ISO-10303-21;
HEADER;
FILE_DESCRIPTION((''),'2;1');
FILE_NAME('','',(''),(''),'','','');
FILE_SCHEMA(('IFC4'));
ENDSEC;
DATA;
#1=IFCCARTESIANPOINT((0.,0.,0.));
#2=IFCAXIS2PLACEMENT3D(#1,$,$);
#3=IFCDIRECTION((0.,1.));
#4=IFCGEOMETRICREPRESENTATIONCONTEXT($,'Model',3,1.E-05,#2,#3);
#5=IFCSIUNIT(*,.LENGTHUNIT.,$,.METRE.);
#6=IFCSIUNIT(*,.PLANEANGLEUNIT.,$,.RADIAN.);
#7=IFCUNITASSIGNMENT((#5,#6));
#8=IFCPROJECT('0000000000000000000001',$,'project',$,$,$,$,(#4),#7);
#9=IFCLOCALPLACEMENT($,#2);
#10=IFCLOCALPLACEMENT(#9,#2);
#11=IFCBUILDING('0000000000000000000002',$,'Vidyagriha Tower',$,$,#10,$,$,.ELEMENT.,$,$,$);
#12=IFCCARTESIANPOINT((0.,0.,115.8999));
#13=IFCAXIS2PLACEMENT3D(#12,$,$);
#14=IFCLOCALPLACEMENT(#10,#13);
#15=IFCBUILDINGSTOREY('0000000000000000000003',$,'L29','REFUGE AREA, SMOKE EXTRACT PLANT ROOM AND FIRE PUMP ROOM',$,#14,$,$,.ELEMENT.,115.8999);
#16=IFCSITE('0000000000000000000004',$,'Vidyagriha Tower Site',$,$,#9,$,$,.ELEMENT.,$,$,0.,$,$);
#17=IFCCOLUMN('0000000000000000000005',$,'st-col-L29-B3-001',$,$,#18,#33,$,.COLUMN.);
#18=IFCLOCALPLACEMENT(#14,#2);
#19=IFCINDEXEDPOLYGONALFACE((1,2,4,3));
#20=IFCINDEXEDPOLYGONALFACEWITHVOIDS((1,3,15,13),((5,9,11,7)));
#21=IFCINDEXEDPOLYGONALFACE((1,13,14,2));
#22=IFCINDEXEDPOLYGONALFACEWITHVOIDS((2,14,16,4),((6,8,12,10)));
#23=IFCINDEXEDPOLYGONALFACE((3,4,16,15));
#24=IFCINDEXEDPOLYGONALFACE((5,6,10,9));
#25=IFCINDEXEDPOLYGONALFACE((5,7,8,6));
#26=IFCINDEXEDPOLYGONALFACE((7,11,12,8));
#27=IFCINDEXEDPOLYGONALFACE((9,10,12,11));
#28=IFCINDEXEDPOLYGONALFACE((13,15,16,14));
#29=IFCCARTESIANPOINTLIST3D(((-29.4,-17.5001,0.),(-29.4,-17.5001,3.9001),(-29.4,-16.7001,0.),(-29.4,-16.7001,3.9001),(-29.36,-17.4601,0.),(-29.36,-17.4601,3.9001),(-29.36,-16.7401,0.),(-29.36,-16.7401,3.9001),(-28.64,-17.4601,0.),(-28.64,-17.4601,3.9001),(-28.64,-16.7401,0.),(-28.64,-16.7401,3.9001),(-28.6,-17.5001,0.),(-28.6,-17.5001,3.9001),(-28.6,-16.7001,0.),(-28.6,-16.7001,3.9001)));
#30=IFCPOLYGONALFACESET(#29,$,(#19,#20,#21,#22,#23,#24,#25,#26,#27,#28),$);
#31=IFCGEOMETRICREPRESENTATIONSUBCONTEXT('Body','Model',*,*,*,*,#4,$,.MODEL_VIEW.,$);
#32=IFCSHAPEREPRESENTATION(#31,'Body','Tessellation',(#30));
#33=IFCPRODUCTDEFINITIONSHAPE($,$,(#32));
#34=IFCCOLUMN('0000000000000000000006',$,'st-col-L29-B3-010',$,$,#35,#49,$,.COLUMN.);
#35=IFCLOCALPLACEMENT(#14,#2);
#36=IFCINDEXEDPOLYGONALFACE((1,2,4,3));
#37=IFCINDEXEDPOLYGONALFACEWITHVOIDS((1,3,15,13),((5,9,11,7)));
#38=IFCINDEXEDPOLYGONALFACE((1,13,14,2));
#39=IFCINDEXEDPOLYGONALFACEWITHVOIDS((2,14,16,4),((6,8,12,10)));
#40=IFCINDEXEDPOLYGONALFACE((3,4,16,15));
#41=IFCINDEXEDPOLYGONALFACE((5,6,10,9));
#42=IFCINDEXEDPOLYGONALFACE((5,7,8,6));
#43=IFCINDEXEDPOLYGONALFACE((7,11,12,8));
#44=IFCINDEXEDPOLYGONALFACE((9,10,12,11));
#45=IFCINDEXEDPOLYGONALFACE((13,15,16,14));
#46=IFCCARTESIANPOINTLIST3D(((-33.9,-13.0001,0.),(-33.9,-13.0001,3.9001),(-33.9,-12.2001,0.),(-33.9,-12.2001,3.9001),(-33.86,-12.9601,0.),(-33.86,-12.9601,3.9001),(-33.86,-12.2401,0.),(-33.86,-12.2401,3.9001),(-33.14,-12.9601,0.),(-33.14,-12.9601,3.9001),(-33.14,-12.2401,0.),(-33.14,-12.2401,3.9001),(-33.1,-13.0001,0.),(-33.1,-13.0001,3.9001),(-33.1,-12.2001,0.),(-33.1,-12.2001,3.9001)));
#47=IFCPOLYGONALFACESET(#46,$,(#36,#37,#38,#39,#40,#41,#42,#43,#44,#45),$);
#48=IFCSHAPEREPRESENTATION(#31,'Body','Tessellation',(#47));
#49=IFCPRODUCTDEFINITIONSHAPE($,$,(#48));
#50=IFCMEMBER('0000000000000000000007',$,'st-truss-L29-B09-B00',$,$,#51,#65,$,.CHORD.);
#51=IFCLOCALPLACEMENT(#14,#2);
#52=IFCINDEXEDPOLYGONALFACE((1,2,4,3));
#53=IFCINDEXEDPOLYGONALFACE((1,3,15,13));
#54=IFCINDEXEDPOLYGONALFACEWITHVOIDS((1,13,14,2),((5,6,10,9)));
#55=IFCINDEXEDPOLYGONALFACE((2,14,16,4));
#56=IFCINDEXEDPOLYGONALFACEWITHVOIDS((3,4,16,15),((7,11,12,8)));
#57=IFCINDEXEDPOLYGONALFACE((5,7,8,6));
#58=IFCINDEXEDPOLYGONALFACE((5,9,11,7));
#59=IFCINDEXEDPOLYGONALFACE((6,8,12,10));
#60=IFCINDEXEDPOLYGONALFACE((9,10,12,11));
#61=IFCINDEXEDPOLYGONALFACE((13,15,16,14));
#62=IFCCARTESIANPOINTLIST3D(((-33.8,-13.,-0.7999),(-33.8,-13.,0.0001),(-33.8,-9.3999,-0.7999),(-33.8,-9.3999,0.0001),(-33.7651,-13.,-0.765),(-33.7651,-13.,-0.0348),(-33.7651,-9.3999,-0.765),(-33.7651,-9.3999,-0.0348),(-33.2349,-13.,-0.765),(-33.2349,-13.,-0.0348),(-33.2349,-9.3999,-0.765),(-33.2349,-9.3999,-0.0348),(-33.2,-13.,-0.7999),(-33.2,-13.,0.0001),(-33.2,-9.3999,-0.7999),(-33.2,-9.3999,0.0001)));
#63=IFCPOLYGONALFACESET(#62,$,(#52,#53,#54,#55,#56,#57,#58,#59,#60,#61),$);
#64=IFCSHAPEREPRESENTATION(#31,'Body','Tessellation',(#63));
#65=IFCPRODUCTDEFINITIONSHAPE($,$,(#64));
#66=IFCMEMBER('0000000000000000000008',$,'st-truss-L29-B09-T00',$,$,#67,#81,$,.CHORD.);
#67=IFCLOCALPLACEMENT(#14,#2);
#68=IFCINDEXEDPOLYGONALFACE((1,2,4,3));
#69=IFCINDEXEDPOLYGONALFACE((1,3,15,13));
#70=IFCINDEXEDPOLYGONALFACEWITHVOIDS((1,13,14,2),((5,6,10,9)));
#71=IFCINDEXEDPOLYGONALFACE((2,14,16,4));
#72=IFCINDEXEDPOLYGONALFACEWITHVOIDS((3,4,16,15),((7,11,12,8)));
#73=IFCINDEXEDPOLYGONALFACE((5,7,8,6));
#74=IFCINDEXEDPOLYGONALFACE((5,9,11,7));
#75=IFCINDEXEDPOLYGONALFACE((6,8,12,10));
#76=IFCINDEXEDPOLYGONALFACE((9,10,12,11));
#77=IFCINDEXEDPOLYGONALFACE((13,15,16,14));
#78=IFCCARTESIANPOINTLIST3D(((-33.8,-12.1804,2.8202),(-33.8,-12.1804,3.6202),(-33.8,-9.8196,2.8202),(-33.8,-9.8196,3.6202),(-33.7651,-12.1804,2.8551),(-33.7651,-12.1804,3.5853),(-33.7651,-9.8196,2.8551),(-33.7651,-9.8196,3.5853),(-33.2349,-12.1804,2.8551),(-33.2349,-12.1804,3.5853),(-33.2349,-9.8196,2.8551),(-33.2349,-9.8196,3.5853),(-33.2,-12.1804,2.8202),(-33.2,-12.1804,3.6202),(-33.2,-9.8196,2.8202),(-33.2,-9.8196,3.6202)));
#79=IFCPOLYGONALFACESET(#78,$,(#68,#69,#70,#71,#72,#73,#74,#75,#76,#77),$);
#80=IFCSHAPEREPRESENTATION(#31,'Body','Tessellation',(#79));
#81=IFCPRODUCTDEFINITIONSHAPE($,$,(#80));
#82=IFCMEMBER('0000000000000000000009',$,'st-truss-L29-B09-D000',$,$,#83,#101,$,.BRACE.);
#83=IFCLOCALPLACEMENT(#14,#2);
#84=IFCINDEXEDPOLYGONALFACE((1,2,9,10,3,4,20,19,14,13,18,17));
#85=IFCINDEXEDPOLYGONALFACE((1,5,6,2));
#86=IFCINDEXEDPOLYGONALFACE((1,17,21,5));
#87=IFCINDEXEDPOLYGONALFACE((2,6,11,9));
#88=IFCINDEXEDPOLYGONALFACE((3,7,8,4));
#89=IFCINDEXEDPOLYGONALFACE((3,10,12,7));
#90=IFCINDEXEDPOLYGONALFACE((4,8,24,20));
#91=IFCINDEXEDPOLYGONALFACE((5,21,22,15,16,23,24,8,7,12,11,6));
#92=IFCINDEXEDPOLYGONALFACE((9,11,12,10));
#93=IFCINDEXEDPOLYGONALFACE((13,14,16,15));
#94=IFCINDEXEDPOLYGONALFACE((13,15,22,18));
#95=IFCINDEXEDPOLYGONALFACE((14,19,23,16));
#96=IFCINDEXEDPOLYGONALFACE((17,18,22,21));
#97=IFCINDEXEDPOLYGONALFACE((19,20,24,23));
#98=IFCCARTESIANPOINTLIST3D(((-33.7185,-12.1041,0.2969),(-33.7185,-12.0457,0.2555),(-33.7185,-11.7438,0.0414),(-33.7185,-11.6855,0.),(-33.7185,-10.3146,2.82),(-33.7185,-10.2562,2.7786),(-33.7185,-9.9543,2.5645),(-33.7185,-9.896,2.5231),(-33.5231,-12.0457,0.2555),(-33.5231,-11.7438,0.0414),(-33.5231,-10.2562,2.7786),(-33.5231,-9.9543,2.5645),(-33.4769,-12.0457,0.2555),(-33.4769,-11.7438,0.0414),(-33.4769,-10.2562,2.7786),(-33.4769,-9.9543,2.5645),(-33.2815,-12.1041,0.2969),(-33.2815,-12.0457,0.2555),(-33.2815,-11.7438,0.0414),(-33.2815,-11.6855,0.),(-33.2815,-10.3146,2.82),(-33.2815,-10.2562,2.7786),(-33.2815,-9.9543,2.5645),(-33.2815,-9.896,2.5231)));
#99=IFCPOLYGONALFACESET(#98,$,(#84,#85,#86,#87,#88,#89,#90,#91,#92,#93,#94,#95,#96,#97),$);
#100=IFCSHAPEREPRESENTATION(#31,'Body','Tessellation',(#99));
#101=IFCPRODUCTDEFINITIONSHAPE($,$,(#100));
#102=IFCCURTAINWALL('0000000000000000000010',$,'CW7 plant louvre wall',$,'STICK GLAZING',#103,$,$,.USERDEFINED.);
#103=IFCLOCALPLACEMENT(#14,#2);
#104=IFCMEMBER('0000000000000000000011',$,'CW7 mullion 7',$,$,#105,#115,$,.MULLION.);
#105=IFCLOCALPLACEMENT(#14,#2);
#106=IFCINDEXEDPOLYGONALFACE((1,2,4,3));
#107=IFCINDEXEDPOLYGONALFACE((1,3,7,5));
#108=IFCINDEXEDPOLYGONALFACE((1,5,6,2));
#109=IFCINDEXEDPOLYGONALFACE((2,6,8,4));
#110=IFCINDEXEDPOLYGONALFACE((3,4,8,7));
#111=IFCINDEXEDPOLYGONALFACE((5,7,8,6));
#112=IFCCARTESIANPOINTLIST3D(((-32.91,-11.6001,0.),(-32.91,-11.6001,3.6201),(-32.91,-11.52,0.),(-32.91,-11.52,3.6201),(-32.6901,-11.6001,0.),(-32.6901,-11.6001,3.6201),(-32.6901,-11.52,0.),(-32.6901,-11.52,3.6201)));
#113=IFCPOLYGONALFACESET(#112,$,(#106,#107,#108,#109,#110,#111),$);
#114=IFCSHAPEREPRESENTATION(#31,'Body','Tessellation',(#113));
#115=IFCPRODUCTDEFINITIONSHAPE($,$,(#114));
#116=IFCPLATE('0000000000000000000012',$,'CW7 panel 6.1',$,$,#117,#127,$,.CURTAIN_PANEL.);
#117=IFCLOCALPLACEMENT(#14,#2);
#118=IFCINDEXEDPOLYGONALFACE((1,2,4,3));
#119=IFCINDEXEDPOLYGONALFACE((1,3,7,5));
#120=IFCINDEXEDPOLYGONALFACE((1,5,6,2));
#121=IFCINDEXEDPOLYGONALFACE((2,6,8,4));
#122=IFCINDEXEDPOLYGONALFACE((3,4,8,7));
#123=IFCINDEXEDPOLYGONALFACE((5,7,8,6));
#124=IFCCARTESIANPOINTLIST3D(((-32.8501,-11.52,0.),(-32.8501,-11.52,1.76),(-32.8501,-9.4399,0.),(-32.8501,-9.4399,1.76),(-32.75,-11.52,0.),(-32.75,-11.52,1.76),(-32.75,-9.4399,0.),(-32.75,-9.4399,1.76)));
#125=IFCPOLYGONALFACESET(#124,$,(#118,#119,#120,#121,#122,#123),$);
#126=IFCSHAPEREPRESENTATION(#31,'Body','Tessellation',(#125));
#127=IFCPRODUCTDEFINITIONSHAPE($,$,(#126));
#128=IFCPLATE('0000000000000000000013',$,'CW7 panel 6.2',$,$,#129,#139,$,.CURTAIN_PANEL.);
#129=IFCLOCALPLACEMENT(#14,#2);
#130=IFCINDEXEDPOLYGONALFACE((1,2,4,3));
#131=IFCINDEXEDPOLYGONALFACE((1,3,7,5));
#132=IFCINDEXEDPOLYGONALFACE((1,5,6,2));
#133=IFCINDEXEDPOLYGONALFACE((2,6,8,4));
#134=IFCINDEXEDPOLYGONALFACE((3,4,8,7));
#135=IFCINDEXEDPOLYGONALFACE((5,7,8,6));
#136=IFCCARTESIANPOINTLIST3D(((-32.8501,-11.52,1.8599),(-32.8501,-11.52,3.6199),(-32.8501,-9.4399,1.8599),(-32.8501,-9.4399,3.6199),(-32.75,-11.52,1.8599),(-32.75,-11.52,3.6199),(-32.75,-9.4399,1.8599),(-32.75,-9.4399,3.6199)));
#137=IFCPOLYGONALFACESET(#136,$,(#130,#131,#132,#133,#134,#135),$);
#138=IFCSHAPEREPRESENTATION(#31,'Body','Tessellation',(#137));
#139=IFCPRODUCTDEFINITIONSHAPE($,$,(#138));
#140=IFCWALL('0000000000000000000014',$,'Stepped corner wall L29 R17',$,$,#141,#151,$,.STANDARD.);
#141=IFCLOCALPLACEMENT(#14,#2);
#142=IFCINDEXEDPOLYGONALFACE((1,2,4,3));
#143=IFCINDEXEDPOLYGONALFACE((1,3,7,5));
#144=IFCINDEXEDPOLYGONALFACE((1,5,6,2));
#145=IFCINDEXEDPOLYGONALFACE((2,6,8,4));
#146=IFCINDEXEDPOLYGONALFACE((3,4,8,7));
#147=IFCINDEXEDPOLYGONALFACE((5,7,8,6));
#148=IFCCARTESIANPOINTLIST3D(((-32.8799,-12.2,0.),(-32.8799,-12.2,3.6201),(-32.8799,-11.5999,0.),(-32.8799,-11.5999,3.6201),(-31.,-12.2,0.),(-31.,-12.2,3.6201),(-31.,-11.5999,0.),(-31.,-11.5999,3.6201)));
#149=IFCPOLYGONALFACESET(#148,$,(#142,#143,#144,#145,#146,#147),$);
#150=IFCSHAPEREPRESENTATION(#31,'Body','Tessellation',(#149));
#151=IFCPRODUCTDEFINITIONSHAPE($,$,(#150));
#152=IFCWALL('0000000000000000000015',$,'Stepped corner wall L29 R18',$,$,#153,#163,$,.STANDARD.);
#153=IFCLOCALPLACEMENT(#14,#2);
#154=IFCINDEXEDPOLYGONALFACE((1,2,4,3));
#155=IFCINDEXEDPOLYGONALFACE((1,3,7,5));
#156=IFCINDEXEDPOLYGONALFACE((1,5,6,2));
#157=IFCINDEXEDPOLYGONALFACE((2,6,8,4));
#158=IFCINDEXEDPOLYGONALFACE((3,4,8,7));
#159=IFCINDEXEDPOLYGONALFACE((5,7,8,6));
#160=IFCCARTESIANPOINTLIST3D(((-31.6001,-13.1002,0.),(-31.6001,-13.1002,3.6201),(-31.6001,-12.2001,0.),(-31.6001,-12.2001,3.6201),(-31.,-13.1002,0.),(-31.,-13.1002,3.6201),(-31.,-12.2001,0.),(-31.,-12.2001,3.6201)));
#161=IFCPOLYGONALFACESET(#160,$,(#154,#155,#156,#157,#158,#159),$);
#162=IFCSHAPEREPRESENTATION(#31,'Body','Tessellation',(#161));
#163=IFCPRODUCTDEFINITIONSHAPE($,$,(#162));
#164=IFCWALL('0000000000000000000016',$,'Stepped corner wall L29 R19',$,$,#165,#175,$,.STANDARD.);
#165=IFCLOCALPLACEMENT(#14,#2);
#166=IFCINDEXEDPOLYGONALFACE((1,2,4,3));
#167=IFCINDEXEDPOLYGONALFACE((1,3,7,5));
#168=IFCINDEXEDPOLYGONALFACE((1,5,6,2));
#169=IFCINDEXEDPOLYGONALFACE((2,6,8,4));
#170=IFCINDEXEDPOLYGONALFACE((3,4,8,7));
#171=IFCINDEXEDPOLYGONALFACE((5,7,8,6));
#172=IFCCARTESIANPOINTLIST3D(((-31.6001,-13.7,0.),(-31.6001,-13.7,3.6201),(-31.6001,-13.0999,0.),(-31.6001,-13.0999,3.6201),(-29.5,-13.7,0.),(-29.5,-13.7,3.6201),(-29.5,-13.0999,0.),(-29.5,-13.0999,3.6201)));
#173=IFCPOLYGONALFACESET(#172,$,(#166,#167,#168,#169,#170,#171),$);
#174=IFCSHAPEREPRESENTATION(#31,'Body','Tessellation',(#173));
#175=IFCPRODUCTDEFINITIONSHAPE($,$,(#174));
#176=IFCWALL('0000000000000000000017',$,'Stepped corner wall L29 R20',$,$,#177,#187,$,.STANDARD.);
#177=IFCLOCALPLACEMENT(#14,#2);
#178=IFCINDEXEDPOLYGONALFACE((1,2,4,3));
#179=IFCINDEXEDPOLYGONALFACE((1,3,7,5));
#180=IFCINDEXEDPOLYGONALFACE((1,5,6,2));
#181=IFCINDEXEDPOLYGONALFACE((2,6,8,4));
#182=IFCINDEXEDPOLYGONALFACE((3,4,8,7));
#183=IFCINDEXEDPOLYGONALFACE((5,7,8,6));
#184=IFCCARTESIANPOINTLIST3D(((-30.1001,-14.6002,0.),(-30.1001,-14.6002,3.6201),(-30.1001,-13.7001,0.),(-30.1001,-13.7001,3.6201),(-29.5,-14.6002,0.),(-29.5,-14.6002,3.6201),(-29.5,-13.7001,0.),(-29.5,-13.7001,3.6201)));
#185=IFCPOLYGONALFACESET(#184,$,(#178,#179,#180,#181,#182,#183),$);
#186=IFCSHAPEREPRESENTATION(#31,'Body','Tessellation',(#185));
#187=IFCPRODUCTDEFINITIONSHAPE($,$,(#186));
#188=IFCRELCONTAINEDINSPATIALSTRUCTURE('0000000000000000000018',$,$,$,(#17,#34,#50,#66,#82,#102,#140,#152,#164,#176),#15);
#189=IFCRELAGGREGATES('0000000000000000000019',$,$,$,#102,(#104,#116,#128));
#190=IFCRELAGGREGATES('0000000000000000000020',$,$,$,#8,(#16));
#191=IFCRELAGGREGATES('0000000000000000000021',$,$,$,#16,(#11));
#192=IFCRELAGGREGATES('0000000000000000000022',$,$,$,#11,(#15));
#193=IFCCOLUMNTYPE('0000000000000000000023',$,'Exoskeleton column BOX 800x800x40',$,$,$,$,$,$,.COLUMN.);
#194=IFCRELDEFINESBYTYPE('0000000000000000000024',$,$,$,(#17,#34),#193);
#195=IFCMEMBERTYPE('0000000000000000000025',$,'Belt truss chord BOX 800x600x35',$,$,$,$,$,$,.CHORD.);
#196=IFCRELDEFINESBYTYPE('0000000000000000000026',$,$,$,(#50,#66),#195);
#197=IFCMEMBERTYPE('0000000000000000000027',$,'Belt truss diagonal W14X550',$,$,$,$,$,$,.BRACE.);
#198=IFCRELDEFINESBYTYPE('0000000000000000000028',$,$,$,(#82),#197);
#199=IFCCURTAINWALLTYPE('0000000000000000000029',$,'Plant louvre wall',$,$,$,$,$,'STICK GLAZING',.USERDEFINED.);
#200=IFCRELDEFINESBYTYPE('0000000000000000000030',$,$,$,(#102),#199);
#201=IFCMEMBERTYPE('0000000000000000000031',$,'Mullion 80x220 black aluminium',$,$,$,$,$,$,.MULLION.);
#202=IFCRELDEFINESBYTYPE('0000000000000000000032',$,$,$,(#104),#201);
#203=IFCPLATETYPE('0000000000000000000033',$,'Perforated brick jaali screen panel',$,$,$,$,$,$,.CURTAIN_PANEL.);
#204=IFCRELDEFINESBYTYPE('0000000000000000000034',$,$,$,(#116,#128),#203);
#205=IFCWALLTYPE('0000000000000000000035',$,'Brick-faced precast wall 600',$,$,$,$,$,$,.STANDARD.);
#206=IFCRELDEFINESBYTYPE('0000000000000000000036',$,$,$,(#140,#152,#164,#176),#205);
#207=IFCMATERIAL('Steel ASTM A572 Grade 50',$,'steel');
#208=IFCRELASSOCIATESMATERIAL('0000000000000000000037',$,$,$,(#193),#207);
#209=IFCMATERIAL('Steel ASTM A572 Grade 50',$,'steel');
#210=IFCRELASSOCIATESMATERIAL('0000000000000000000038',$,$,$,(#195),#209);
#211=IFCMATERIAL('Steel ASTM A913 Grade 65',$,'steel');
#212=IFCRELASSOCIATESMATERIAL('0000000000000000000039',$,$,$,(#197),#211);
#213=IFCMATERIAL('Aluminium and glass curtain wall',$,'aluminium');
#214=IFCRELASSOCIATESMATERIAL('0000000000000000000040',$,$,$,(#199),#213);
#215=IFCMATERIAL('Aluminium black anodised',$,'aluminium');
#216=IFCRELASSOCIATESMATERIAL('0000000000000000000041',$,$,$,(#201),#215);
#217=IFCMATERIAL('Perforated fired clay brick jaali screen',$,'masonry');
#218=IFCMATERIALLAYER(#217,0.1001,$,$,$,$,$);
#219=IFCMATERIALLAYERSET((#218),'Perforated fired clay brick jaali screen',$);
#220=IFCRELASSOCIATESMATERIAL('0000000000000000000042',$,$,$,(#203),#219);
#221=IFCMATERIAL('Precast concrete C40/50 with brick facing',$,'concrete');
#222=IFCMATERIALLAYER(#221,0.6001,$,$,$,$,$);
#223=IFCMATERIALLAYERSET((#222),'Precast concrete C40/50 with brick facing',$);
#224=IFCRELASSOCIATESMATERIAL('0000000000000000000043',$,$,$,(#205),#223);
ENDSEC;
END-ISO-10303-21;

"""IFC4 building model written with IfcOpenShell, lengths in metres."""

from ifc_helpers import new_model, si_unit, direction, frame, frame_2d, origin, origin_2d, place, context, subcontext, project, spatial, rectangle, hollow_rectangle, i_section, extrude, material, layer, layer_set, material_profile, profile_set, type_object, element, aggregate, save


model = new_model("IFC4")

# Units and contexts
model_context = context("Model", 3, precision=1e-05, world=origin(), true_north=direction((0.0, 1.0)))
body_context = subcontext(model_context, "Body", "Model", "MODEL_VIEW")
ifc_project = project(units=[si_unit("LENGTHUNIT", "METRE"), si_unit("PLANEANGLEUNIT", "RADIAN")], contexts=[model_context])

# Site, building, storey
site_placement = place(None, origin())
site = spatial("IfcSite", under=ifc_project, at=site_placement, Name="Vidyagriha Tower Site", CompositionType="ELEMENT", RefElevation=0.0)
building_placement = place(site_placement, origin())
building = spatial("IfcBuilding", under=site, at=building_placement, Name="Vidyagriha Tower", CompositionType="ELEMENT")
storey_placement = place(building_placement, frame((0.0, 0.0, 115.8999)))
storey = spatial("IfcBuildingStorey", under=building, at=storey_placement, Name="L29", Description="REFUGE AREA, SMOKE EXTRACT PLANT ROOM AND FIRE PUMP ROOM", CompositionType="ELEMENT", Elevation=115.8999)

# Columns
ifc_material_1 = material(Name="Steel ASTM A572 Grade 50", Category="steel")
ifc_material_profile_1 = material_profile(ifc_material_1, hollow_rectangle(XDim=0.8, YDim=0.8, WallThickness=0.04, at=origin_2d()), Name="BOX 800x800x40")
ifc_profile_set_1 = profile_set([ifc_material_profile_1], Name="Steel ASTM A572 Grade 50")
column_type = type_object("IfcColumnType", Name="Exoskeleton column BOX 800x800x40", PredefinedType="COLUMN", material=ifc_profile_set_1)
for number, where, name in (
    (1, (-29.0, -17.1001, 0.0), "st-col-L29-B3-001"),
    (2, (-33.5, -12.6001, 0.0), "st-col-L29-B3-010"),
):
    element("IfcColumn", number, at=place(storey_placement, frame(where)), inside=storey, type_object=column_type, Name=name, PredefinedType="COLUMN", context=body_context, shape_type="SweptSolid", body=[
        extrude(hollow_rectangle(XDim=0.8, YDim=0.8, WallThickness=0.04, at=origin_2d()), origin(), (0.0, 0.0, 1.0), 3.9001),
    ])

# Members
ifc_material_2 = material(Name="Steel ASTM A572 Grade 50", Category="steel")
ifc_material_profile_2 = material_profile(ifc_material_2, hollow_rectangle(XDim=0.6001, YDim=0.8, WallThickness=0.0349, at=origin_2d()), Name="BOX 800x600x35")
ifc_profile_set_2 = profile_set([ifc_material_profile_2], Name="Steel ASTM A572 Grade 50")
member_type_1 = type_object("IfcMemberType", Name="Belt truss chord BOX 800x600x35", PredefinedType="CHORD", material=ifc_profile_set_2)
member_1_placement = place(storey_placement, frame((-33.5, -13.0, -0.3999), z_axis=(0.0, 1.0, 0.0), x_axis=(-1.0, 0.0, 0.0)))
element("IfcMember", 3, at=member_1_placement, inside=storey, type_object=member_type_1, Name="st-truss-L29-B09-B00", PredefinedType="CHORD", context=body_context, shape_type="SweptSolid", body=[
    extrude(hollow_rectangle(XDim=0.6001, YDim=0.8, WallThickness=0.0349, at=origin_2d()), origin(), (0.0, 0.0, 1.0), 3.6001),
])
member_2_placement = place(storey_placement, frame((-33.5, -12.1804, 3.2202), z_axis=(0.0, 1.0, 0.0), x_axis=(-1.0, 0.0, 0.0)))
element("IfcMember", 4, at=member_2_placement, inside=storey, type_object=member_type_1, Name="st-truss-L29-B09-T00", PredefinedType="CHORD", context=body_context, shape_type="SweptSolid", body=[
    extrude(hollow_rectangle(XDim=0.6001, YDim=0.8, WallThickness=0.0349, at=origin_2d()), origin(), (0.0, 0.0, 1.0), 2.3608),
])
ifc_material_3 = material(Name="Steel ASTM A913 Grade 65", Category="steel")
ifc_material_profile_3 = material_profile(ifc_material_3, i_section(OverallWidth=0.437, OverallDepth=0.5132, WebThickness=0.0461, FlangeThickness=0.0715, at=origin_2d()), Name="W14X550")
ifc_profile_set_3 = profile_set([ifc_material_profile_3], Name="Steel ASTM A913 Grade 65")
member_type_2 = type_object("IfcMemberType", Name="Belt truss diagonal W14X550", PredefinedType="BRACE", material=ifc_profile_set_3)
member_3_placement = place(storey_placement, frame((-33.5, -11.8948, 0.1484), z_axis=(0.0, 0.57851, 0.815675), x_axis=(-1.0, 0.0, 0.0)))
element("IfcMember", 5, at=member_3_placement, inside=storey, type_object=member_type_2, Name="st-truss-L29-B09-D000", PredefinedType="BRACE", context=body_context, shape_type="SweptSolid", body=[
    extrude(i_section(OverallWidth=0.437, OverallDepth=0.5132, WebThickness=0.0461, FlangeThickness=0.0715, at=origin_2d()), origin(), (0.0, 0.0, 1.0), 3.0933),
])

# Curtain wall, member, plates
ifc_material_4 = material(Name="Aluminium and glass curtain wall", Category="aluminium")
curtain_wall_type = type_object("IfcCurtainWallType", Name="Plant louvre wall", ElementType="STICK GLAZING", PredefinedType="USERDEFINED", material=ifc_material_4)
curtain_wall_placement = place(storey_placement, origin())
curtain_wall = element("IfcCurtainWall", 6, at=curtain_wall_placement, inside=storey, type_object=curtain_wall_type, Name="CW7 plant louvre wall", ObjectType="STICK GLAZING", PredefinedType="USERDEFINED")
ifc_material_5 = material(Name="Aluminium black anodised", Category="aluminium")
ifc_material_profile_4 = material_profile(ifc_material_5, rectangle(XDim=0.22, YDim=0.0801, at=origin_2d()), Name="Mullion 80x220 black aluminium")
ifc_profile_set_4 = profile_set([ifc_material_profile_4], Name="Aluminium black anodised")
member_type_3 = type_object("IfcMemberType", Name="Mullion 80x220 black aluminium", PredefinedType="MULLION", material=ifc_profile_set_4)
member_4_placement = place(storey_placement, frame((-32.8, -11.5601, 0.0)))
member_4 = element("IfcMember", 7, at=member_4_placement, type_object=member_type_3, Name="CW7 mullion 7", PredefinedType="MULLION", context=body_context, shape_type="SweptSolid", body=[
    extrude(rectangle(XDim=0.22, YDim=0.0801, at=origin_2d()), origin(), (0.0, 0.0, 1.0), 3.6201),
])
ifc_material_6 = material(Name="Perforated fired clay brick jaali screen", Category="masonry")
ifc_layer_1 = layer(ifc_material_6, 0.1001)
ifc_layer_set_1 = layer_set([ifc_layer_1], Name="Perforated fired clay brick jaali screen")
plate_type = type_object("IfcPlateType", Name="Perforated brick jaali screen panel", PredefinedType="CURTAIN_PANEL", material=ifc_layer_set_1)
plate_1_placement = place(storey_placement, frame((-32.8, -10.48, 0.0), z_axis=(0.0, 0.0, 1.0), x_axis=(0.0, -1.0, 0.0)))
plate_1 = element("IfcPlate", 8, at=plate_1_placement, type_object=plate_type, Name="CW7 panel 6.1", PredefinedType="CURTAIN_PANEL", context=body_context, shape_type="SweptSolid", body=[
    extrude(rectangle(XDim=2.0801, YDim=0.1001, at=origin_2d()), origin(), (0.0, 0.0, 1.0), 1.76),
])
plate_2_placement = place(storey_placement, frame((-32.8, -10.48, 1.8599), z_axis=(0.0, 0.0, 1.0), x_axis=(0.0, -1.0, 0.0)))
plate_2 = element("IfcPlate", 9, at=plate_2_placement, type_object=plate_type, Name="CW7 panel 6.2", PredefinedType="CURTAIN_PANEL", context=body_context, shape_type="SweptSolid", body=[
    extrude(rectangle(XDim=2.0801, YDim=0.1001, at=origin_2d()), origin(), (0.0, 0.0, 1.0), 1.76),
])
aggregate(curtain_wall, [member_4, plate_1, plate_2])

# Walls
ifc_material_7 = material(Name="Precast concrete C40/50 with brick facing", Category="concrete")
ifc_layer_2 = layer(ifc_material_7, 0.6001)
ifc_layer_set_2 = layer_set([ifc_layer_2], Name="Precast concrete C40/50 with brick facing")
wall_type_1 = type_object("IfcWallType", Name="Brick-faced precast wall 600", PredefinedType="STANDARD", material=ifc_layer_set_2)
wall_1_placement = place(storey_placement, frame((-32.8799, -11.8999, 0.0)))
element("IfcWall", 10, at=wall_1_placement, inside=storey, type_object=wall_type_1, Name="Stepped corner wall L29 R17", PredefinedType="STANDARD", context=body_context, shape_type="SweptSolid", body=[
    extrude(rectangle(XDim=1.8799, YDim=0.6001, at=frame_2d((0.9399, 0.0))), origin(), (0.0, 0.0, 1.0), 3.6201),
])
wall_2_placement = place(storey_placement, frame((-31.3, -12.2, 0.0), z_axis=(0.0, 0.0, 1.0), x_axis=(0.0, -1.0, 0.0)))
element("IfcWall", 11, at=wall_2_placement, inside=storey, type_object=wall_type_1, Name="Stepped corner wall L29 R18", PredefinedType="STANDARD", context=body_context, shape_type="SweptSolid", body=[
    extrude(rectangle(XDim=0.9001, YDim=0.6001, at=frame_2d((0.4502, 0.0))), origin(), (0.0, 0.0, 1.0), 3.6201),
])
wall_3_placement = place(storey_placement, frame((-31.6001, -13.3999, 0.0)))
element("IfcWall", 12, at=wall_3_placement, inside=storey, type_object=wall_type_1, Name="Stepped corner wall L29 R19", PredefinedType="STANDARD", context=body_context, shape_type="SweptSolid", body=[
    extrude(rectangle(XDim=2.1001, YDim=0.6001, at=frame_2d((1.05, 0.0))), origin(), (0.0, 0.0, 1.0), 3.6201),
])
wall_4_placement = place(storey_placement, frame((-29.8, -13.7, 0.0), z_axis=(0.0, 0.0, 1.0), x_axis=(0.0, -1.0, 0.0)))
element("IfcWall", 13, at=wall_4_placement, inside=storey, type_object=wall_type_1, Name="Stepped corner wall L29 R20", PredefinedType="STANDARD", context=body_context, shape_type="SweptSolid", body=[
    extrude(rectangle(XDim=0.9001, YDim=0.6001, at=frame_2d((0.4502, 0.0))), origin(), (0.0, 0.0, 1.0), 3.6201),
])

save(model, "model.ifc")
